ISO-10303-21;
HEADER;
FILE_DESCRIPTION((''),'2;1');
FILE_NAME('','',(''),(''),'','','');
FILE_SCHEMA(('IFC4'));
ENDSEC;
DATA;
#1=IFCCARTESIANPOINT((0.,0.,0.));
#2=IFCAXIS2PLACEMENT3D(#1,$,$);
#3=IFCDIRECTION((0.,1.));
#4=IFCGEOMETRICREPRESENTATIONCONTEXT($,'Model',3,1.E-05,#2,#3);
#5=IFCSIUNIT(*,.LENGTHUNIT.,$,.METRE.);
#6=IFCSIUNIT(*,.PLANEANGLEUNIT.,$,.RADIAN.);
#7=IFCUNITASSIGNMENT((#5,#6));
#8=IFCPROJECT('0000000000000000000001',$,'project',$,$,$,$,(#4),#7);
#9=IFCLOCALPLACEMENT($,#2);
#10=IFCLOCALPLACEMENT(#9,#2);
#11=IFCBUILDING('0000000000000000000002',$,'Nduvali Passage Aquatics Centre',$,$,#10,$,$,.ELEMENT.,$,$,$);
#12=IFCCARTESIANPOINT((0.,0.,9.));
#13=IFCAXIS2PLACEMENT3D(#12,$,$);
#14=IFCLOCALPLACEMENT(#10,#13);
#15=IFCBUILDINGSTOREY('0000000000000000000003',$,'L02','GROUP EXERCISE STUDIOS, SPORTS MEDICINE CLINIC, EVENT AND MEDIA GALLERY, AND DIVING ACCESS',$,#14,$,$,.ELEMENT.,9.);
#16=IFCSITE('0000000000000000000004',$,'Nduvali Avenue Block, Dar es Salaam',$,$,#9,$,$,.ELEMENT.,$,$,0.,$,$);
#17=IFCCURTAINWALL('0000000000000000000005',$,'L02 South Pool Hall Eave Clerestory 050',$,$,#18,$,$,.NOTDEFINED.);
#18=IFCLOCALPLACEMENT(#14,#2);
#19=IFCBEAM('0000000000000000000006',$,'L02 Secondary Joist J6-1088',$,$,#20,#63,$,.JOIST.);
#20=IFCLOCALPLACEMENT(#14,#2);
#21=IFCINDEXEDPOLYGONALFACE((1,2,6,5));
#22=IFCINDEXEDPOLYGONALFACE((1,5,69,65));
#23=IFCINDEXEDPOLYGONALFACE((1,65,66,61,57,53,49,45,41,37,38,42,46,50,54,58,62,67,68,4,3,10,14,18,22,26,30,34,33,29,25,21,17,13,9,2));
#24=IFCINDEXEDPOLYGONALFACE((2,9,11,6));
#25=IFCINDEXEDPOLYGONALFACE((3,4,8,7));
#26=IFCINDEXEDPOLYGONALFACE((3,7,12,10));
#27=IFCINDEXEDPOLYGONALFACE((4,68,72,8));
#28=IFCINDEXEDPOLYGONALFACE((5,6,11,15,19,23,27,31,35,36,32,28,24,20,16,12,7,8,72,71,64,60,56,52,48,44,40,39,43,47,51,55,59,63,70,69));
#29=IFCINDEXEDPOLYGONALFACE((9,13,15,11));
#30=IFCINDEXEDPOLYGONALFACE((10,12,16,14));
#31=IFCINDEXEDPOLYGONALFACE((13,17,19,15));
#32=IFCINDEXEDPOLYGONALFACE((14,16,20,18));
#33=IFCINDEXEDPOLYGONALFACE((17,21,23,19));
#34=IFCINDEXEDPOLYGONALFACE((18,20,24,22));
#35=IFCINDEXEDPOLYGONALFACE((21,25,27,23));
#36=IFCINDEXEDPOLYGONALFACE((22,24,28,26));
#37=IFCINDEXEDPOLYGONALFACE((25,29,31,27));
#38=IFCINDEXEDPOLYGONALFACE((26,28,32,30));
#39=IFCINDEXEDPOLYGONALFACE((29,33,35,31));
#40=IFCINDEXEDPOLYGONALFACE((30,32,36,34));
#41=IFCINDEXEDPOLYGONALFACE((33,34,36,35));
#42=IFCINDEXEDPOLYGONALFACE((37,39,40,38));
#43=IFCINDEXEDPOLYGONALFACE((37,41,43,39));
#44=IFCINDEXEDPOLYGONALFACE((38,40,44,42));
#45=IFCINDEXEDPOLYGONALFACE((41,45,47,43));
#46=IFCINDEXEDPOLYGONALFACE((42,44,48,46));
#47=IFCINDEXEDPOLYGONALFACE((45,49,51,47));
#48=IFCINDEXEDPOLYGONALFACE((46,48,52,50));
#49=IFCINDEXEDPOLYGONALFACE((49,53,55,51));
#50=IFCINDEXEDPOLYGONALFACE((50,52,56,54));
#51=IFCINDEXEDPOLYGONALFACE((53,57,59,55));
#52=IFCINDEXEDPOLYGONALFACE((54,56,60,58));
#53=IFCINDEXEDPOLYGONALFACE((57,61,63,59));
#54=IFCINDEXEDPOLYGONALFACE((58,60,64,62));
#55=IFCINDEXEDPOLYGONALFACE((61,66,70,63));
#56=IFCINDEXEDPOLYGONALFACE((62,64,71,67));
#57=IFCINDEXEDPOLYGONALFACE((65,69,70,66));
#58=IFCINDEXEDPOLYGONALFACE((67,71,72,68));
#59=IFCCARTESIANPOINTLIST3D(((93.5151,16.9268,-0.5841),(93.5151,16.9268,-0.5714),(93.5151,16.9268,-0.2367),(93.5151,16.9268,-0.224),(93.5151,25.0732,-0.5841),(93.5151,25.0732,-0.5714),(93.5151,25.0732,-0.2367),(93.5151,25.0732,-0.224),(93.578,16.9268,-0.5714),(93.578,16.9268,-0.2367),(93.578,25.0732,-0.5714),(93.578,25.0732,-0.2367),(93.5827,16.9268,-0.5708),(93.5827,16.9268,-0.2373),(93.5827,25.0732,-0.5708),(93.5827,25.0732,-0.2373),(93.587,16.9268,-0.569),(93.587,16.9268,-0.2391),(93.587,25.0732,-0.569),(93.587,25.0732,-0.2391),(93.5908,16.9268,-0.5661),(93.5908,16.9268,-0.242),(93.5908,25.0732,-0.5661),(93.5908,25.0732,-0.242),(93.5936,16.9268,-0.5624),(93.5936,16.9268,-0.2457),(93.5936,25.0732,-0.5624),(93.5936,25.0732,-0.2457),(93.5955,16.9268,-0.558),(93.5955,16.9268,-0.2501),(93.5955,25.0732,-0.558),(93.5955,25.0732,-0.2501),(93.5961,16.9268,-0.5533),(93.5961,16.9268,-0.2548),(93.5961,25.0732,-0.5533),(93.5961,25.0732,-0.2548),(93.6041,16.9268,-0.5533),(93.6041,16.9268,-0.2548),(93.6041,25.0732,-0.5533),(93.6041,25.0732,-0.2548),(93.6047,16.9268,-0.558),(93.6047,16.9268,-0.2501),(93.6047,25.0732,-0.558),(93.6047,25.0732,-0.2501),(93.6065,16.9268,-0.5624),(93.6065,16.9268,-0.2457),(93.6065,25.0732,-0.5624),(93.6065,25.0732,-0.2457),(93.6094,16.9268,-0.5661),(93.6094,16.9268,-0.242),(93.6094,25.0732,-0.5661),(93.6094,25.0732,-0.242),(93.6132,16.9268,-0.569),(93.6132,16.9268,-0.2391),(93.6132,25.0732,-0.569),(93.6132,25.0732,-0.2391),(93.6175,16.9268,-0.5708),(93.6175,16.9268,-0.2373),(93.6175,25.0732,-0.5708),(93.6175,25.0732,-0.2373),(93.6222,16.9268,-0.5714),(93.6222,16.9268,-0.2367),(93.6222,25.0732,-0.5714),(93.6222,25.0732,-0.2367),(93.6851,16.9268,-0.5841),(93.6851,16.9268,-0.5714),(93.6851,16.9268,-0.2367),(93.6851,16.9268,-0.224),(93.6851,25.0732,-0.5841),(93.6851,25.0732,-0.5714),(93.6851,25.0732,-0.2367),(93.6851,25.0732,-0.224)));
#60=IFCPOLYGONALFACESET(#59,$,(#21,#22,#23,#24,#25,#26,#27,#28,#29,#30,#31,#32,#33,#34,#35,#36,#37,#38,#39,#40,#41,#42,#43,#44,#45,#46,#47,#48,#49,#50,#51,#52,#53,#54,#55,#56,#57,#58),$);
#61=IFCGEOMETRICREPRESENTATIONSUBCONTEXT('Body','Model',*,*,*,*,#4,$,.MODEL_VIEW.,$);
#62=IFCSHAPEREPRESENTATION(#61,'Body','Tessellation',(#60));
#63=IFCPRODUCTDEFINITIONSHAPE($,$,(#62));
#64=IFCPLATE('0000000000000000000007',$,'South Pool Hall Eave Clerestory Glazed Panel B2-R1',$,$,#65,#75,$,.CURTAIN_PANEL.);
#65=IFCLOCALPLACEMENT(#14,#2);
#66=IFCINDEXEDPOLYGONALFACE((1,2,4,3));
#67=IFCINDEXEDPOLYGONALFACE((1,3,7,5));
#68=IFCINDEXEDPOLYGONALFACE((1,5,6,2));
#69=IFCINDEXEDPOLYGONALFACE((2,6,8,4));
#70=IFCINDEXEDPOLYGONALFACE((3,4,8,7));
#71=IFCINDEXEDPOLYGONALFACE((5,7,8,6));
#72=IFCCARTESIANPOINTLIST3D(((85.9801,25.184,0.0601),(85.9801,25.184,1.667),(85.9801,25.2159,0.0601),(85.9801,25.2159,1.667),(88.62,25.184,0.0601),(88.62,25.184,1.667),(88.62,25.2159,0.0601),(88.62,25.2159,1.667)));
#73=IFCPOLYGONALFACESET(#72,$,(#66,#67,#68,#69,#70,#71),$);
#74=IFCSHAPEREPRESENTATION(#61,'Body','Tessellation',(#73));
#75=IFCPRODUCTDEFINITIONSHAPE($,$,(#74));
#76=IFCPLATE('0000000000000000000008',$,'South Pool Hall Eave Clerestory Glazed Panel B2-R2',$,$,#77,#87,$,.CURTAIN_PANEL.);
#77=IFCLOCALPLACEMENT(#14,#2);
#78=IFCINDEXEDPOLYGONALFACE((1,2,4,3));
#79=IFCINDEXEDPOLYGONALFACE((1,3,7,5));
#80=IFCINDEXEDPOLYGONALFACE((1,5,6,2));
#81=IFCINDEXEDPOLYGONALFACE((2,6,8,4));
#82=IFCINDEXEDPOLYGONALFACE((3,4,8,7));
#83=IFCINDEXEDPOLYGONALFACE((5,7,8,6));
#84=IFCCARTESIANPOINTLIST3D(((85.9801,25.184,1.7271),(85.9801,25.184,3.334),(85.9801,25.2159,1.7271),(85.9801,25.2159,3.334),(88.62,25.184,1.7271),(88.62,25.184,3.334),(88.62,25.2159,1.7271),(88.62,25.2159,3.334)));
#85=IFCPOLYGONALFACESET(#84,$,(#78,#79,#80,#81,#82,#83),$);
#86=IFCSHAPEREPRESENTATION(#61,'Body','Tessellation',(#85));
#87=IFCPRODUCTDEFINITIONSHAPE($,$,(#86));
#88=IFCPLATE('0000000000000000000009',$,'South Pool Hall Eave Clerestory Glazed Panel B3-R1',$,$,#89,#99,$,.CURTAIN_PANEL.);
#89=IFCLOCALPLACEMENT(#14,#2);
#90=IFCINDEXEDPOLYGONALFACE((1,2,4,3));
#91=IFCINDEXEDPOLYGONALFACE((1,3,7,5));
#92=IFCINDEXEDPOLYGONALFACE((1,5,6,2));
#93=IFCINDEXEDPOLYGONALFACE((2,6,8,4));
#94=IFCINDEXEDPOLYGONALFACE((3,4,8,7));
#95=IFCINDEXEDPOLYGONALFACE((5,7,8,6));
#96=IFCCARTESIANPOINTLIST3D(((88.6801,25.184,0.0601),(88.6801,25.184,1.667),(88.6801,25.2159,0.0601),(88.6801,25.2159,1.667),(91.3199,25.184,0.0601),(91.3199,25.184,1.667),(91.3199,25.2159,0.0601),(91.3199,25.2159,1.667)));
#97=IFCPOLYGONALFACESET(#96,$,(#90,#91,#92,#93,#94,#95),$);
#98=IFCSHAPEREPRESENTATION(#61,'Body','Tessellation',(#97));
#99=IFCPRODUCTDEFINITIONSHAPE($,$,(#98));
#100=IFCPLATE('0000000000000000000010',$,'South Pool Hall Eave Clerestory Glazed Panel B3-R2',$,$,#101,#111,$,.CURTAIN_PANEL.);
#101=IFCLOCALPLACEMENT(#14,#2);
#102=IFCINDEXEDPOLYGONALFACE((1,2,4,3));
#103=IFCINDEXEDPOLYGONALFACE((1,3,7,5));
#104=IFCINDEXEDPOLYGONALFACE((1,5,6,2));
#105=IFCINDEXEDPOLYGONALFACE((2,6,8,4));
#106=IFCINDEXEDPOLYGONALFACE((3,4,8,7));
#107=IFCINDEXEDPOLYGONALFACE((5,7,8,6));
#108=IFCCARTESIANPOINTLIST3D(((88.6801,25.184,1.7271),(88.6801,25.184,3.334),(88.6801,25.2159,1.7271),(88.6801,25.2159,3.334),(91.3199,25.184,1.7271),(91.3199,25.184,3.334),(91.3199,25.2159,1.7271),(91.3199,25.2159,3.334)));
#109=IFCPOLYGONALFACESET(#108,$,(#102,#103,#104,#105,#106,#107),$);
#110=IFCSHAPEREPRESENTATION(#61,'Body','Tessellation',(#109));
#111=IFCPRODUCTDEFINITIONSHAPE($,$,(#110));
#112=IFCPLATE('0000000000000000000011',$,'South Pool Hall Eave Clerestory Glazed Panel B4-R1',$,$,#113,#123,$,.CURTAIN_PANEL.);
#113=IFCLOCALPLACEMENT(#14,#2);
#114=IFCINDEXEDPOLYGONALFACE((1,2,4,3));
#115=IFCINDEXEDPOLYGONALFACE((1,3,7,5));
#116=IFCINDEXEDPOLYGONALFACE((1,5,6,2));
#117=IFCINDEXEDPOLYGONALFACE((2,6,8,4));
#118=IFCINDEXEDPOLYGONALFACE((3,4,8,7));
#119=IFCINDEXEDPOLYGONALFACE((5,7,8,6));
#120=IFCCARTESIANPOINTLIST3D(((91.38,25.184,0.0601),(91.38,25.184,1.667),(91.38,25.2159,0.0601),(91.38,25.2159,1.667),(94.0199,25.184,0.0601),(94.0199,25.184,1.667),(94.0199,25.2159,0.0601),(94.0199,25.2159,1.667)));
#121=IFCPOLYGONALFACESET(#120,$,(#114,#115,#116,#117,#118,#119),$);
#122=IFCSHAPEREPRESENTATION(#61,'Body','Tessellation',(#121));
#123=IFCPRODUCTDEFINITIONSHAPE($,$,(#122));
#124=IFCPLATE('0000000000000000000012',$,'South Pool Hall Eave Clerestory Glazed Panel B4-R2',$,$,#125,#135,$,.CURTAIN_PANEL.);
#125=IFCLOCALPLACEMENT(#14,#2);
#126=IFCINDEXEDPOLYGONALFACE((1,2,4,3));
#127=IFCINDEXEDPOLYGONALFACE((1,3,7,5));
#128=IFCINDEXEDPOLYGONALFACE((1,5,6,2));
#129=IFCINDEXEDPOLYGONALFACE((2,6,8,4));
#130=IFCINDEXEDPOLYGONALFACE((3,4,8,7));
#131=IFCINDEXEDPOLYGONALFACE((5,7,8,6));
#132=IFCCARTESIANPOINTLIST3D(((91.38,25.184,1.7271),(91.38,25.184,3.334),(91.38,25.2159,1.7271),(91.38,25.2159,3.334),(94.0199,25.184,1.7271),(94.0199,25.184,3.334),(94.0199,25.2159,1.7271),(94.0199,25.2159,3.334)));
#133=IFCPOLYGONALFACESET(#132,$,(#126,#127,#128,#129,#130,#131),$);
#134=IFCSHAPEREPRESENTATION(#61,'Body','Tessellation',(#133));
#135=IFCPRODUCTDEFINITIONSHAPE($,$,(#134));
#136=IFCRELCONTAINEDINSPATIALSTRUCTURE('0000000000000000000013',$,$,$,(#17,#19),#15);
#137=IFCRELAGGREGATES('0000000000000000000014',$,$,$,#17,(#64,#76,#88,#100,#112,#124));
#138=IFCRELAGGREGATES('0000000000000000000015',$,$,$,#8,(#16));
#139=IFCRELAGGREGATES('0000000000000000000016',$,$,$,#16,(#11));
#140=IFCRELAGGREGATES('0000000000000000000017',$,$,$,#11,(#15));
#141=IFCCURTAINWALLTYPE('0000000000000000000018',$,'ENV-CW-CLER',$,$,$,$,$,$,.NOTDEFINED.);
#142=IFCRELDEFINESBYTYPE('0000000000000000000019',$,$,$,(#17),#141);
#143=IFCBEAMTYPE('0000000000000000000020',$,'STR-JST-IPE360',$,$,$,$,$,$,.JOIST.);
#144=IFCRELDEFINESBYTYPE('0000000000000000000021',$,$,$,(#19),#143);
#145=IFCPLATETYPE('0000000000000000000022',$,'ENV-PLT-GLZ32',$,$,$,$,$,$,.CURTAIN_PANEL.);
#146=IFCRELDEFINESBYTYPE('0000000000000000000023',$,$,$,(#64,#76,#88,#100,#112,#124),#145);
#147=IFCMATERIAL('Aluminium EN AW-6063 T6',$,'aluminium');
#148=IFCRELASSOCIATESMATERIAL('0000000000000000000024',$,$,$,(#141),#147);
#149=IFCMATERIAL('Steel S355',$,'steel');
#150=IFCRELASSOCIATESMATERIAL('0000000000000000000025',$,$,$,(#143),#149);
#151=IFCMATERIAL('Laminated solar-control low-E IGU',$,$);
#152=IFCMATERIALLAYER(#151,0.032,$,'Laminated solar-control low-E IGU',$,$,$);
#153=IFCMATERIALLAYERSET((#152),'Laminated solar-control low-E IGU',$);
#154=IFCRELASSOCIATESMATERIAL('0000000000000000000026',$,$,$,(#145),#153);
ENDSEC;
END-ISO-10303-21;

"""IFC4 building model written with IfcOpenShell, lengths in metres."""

from ifc_helpers import new_model, si_unit, direction, frame, origin, origin_2d, place, context, subcontext, project, spatial, rectangle, i_section, extrude, material, layer, layer_set, material_profile, profile_set, type_object, element, aggregate, save


model = new_model("IFC4")

# Units and contexts
model_context = context("Model", 3, precision=1e-05, world=origin(), true_north=direction((0.0, 1.0)))
body_context = subcontext(model_context, "Body", "Model", "MODEL_VIEW")
ifc_project = project(units=[si_unit("LENGTHUNIT", "METRE"), si_unit("PLANEANGLEUNIT", "RADIAN")], contexts=[model_context])

# Site, building, storey
site_placement = place(None, origin())
site = spatial("IfcSite", under=ifc_project, at=site_placement, Name="Nduvali Avenue Block, Dar es Salaam", CompositionType="ELEMENT", RefElevation=0.0)
building_placement = place(site_placement, origin())
building = spatial("IfcBuilding", under=site, at=building_placement, Name="Nduvali Passage Aquatics Centre", CompositionType="ELEMENT")
storey_placement = place(building_placement, frame((0.0, 0.0, 9.0)))
storey = spatial("IfcBuildingStorey", under=building, at=storey_placement, Name="L02", Description="GROUP EXERCISE STUDIOS, SPORTS MEDICINE CLINIC, EVENT AND MEDIA GALLERY, AND DIVING ACCESS", CompositionType="ELEMENT", Elevation=9.0)

# Curtain wall
ifc_material_1 = material(Name="Aluminium EN AW-6063 T6", Category="aluminium")
curtain_wall_type = type_object("IfcCurtainWallType", Name="ENV-CW-CLER", PredefinedType="NOTDEFINED", material=ifc_material_1)
curtain_wall_placement = place(storey_placement, origin())
curtain_wall = element("IfcCurtainWall", 1, at=curtain_wall_placement, inside=storey, type_object=curtain_wall_type, Name="L02 South Pool Hall Eave Clerestory 050", PredefinedType="NOTDEFINED")

# Beam
ifc_material_2 = material(Name="Steel S355", Category="steel")
ifc_material_profile_1 = material_profile(ifc_material_2, i_section(OverallWidth=0.1699, OverallDepth=0.3601, WebThickness=0.0081, FlangeThickness=0.0127, FilletRadius=0.0181, at=origin_2d()), Name="IPE 360")
ifc_profile_set_1 = profile_set([ifc_material_profile_1], Name="Steel S355")
beam_type = type_object("IfcBeamType", Name="STR-JST-IPE360", PredefinedType="JOIST", material=ifc_profile_set_1)
for number, where, z_axis, x_axis, name in (
    (2, (93.6001, 16.9268, -0.4041), (0.0, 1.0, 0.0), (-1.0, 0.0, 0.0), "L02 Secondary Joist J6-1088"),
):
    element("IfcBeam", number, at=place(storey_placement, frame(where, z_axis=z_axis, x_axis=x_axis)), inside=storey, type_object=beam_type, Name=name, PredefinedType="JOIST", context=body_context, shape_type="SweptSolid", body=[
        extrude(i_section(OverallWidth=0.1699, OverallDepth=0.3601, WebThickness=0.0081, FlangeThickness=0.0127, FilletRadius=0.0181, at=origin_2d()), origin(), (0.0, 0.0, 1.0), 8.1465),
    ])

# Plates
ifc_material_3 = material(Name="Laminated solar-control low-E IGU")
ifc_layer = layer(ifc_material_3, 0.032, Name="Laminated solar-control low-E IGU")
ifc_layer_set = layer_set([ifc_layer], Name="Laminated solar-control low-E IGU")
plate_type = type_object("IfcPlateType", Name="ENV-PLT-GLZ32", PredefinedType="CURTAIN_PANEL", material=ifc_layer_set)
plate_1_placement = place(storey_placement, frame((87.3, 25.2, 0.0601), z_axis=(0.0, 0.0, 1.0), x_axis=(1.0, 0.0, 0.0)))
plate_1 = element("IfcPlate", 3, at=plate_1_placement, type_object=plate_type, Name="South Pool Hall Eave Clerestory Glazed Panel B2-R1", PredefinedType="CURTAIN_PANEL", context=body_context, shape_type="SweptSolid", body=[
    extrude(rectangle(XDim=2.6399, YDim=0.032, at=origin_2d()), origin(), (0.0, 0.0, 1.0), 1.6069),
])
plate_2_placement = place(storey_placement, frame((87.3, 25.2, 1.7271), z_axis=(0.0, 0.0, 1.0), x_axis=(1.0, 0.0, 0.0)))
plate_2 = element("IfcPlate", 4, at=plate_2_placement, type_object=plate_type, Name="South Pool Hall Eave Clerestory Glazed Panel B2-R2", PredefinedType="CURTAIN_PANEL", context=body_context, shape_type="SweptSolid", body=[
    extrude(rectangle(XDim=2.6399, YDim=0.032, at=origin_2d()), origin(), (0.0, 0.0, 1.0), 1.6069),
])
plate_3_placement = place(storey_placement, frame((90.0, 25.2, 0.0601), z_axis=(0.0, 0.0, 1.0), x_axis=(1.0, 0.0, 0.0)))
plate_3 = element("IfcPlate", 5, at=plate_3_placement, type_object=plate_type, Name="South Pool Hall Eave Clerestory Glazed Panel B3-R1", PredefinedType="CURTAIN_PANEL", context=body_context, shape_type="SweptSolid", body=[
    extrude(rectangle(XDim=2.6399, YDim=0.032, at=origin_2d()), origin(), (0.0, 0.0, 1.0), 1.6069),
])
plate_4_placement = place(storey_placement, frame((90.0, 25.2, 1.7271), z_axis=(0.0, 0.0, 1.0), x_axis=(1.0, 0.0, 0.0)))
plate_4 = element("IfcPlate", 6, at=plate_4_placement, type_object=plate_type, Name="South Pool Hall Eave Clerestory Glazed Panel B3-R2", PredefinedType="CURTAIN_PANEL", context=body_context, shape_type="SweptSolid", body=[
    extrude(rectangle(XDim=2.6399, YDim=0.032, at=origin_2d()), origin(), (0.0, 0.0, 1.0), 1.6069),
])
plate_5_placement = place(storey_placement, frame((92.7, 25.2, 0.0601), z_axis=(0.0, 0.0, 1.0), x_axis=(1.0, 0.0, 0.0)))
plate_5 = element("IfcPlate", 7, at=plate_5_placement, type_object=plate_type, Name="South Pool Hall Eave Clerestory Glazed Panel B4-R1", PredefinedType="CURTAIN_PANEL", context=body_context, shape_type="SweptSolid", body=[
    extrude(rectangle(XDim=2.6399, YDim=0.032, at=origin_2d()), origin(), (0.0, 0.0, 1.0), 1.6069),
])
plate_6_placement = place(storey_placement, frame((92.7, 25.2, 1.7271), z_axis=(0.0, 0.0, 1.0), x_axis=(1.0, 0.0, 0.0)))
plate_6 = element("IfcPlate", 8, at=plate_6_placement, type_object=plate_type, Name="South Pool Hall Eave Clerestory Glazed Panel B4-R2", PredefinedType="CURTAIN_PANEL", context=body_context, shape_type="SweptSolid", body=[
    extrude(rectangle(XDim=2.6399, YDim=0.032, at=origin_2d()), origin(), (0.0, 0.0, 1.0), 1.6069),
])
aggregate(curtain_wall, [plate_1, plate_2, plate_3, plate_4, plate_5, plate_6])

save(model, "model.ifc")
